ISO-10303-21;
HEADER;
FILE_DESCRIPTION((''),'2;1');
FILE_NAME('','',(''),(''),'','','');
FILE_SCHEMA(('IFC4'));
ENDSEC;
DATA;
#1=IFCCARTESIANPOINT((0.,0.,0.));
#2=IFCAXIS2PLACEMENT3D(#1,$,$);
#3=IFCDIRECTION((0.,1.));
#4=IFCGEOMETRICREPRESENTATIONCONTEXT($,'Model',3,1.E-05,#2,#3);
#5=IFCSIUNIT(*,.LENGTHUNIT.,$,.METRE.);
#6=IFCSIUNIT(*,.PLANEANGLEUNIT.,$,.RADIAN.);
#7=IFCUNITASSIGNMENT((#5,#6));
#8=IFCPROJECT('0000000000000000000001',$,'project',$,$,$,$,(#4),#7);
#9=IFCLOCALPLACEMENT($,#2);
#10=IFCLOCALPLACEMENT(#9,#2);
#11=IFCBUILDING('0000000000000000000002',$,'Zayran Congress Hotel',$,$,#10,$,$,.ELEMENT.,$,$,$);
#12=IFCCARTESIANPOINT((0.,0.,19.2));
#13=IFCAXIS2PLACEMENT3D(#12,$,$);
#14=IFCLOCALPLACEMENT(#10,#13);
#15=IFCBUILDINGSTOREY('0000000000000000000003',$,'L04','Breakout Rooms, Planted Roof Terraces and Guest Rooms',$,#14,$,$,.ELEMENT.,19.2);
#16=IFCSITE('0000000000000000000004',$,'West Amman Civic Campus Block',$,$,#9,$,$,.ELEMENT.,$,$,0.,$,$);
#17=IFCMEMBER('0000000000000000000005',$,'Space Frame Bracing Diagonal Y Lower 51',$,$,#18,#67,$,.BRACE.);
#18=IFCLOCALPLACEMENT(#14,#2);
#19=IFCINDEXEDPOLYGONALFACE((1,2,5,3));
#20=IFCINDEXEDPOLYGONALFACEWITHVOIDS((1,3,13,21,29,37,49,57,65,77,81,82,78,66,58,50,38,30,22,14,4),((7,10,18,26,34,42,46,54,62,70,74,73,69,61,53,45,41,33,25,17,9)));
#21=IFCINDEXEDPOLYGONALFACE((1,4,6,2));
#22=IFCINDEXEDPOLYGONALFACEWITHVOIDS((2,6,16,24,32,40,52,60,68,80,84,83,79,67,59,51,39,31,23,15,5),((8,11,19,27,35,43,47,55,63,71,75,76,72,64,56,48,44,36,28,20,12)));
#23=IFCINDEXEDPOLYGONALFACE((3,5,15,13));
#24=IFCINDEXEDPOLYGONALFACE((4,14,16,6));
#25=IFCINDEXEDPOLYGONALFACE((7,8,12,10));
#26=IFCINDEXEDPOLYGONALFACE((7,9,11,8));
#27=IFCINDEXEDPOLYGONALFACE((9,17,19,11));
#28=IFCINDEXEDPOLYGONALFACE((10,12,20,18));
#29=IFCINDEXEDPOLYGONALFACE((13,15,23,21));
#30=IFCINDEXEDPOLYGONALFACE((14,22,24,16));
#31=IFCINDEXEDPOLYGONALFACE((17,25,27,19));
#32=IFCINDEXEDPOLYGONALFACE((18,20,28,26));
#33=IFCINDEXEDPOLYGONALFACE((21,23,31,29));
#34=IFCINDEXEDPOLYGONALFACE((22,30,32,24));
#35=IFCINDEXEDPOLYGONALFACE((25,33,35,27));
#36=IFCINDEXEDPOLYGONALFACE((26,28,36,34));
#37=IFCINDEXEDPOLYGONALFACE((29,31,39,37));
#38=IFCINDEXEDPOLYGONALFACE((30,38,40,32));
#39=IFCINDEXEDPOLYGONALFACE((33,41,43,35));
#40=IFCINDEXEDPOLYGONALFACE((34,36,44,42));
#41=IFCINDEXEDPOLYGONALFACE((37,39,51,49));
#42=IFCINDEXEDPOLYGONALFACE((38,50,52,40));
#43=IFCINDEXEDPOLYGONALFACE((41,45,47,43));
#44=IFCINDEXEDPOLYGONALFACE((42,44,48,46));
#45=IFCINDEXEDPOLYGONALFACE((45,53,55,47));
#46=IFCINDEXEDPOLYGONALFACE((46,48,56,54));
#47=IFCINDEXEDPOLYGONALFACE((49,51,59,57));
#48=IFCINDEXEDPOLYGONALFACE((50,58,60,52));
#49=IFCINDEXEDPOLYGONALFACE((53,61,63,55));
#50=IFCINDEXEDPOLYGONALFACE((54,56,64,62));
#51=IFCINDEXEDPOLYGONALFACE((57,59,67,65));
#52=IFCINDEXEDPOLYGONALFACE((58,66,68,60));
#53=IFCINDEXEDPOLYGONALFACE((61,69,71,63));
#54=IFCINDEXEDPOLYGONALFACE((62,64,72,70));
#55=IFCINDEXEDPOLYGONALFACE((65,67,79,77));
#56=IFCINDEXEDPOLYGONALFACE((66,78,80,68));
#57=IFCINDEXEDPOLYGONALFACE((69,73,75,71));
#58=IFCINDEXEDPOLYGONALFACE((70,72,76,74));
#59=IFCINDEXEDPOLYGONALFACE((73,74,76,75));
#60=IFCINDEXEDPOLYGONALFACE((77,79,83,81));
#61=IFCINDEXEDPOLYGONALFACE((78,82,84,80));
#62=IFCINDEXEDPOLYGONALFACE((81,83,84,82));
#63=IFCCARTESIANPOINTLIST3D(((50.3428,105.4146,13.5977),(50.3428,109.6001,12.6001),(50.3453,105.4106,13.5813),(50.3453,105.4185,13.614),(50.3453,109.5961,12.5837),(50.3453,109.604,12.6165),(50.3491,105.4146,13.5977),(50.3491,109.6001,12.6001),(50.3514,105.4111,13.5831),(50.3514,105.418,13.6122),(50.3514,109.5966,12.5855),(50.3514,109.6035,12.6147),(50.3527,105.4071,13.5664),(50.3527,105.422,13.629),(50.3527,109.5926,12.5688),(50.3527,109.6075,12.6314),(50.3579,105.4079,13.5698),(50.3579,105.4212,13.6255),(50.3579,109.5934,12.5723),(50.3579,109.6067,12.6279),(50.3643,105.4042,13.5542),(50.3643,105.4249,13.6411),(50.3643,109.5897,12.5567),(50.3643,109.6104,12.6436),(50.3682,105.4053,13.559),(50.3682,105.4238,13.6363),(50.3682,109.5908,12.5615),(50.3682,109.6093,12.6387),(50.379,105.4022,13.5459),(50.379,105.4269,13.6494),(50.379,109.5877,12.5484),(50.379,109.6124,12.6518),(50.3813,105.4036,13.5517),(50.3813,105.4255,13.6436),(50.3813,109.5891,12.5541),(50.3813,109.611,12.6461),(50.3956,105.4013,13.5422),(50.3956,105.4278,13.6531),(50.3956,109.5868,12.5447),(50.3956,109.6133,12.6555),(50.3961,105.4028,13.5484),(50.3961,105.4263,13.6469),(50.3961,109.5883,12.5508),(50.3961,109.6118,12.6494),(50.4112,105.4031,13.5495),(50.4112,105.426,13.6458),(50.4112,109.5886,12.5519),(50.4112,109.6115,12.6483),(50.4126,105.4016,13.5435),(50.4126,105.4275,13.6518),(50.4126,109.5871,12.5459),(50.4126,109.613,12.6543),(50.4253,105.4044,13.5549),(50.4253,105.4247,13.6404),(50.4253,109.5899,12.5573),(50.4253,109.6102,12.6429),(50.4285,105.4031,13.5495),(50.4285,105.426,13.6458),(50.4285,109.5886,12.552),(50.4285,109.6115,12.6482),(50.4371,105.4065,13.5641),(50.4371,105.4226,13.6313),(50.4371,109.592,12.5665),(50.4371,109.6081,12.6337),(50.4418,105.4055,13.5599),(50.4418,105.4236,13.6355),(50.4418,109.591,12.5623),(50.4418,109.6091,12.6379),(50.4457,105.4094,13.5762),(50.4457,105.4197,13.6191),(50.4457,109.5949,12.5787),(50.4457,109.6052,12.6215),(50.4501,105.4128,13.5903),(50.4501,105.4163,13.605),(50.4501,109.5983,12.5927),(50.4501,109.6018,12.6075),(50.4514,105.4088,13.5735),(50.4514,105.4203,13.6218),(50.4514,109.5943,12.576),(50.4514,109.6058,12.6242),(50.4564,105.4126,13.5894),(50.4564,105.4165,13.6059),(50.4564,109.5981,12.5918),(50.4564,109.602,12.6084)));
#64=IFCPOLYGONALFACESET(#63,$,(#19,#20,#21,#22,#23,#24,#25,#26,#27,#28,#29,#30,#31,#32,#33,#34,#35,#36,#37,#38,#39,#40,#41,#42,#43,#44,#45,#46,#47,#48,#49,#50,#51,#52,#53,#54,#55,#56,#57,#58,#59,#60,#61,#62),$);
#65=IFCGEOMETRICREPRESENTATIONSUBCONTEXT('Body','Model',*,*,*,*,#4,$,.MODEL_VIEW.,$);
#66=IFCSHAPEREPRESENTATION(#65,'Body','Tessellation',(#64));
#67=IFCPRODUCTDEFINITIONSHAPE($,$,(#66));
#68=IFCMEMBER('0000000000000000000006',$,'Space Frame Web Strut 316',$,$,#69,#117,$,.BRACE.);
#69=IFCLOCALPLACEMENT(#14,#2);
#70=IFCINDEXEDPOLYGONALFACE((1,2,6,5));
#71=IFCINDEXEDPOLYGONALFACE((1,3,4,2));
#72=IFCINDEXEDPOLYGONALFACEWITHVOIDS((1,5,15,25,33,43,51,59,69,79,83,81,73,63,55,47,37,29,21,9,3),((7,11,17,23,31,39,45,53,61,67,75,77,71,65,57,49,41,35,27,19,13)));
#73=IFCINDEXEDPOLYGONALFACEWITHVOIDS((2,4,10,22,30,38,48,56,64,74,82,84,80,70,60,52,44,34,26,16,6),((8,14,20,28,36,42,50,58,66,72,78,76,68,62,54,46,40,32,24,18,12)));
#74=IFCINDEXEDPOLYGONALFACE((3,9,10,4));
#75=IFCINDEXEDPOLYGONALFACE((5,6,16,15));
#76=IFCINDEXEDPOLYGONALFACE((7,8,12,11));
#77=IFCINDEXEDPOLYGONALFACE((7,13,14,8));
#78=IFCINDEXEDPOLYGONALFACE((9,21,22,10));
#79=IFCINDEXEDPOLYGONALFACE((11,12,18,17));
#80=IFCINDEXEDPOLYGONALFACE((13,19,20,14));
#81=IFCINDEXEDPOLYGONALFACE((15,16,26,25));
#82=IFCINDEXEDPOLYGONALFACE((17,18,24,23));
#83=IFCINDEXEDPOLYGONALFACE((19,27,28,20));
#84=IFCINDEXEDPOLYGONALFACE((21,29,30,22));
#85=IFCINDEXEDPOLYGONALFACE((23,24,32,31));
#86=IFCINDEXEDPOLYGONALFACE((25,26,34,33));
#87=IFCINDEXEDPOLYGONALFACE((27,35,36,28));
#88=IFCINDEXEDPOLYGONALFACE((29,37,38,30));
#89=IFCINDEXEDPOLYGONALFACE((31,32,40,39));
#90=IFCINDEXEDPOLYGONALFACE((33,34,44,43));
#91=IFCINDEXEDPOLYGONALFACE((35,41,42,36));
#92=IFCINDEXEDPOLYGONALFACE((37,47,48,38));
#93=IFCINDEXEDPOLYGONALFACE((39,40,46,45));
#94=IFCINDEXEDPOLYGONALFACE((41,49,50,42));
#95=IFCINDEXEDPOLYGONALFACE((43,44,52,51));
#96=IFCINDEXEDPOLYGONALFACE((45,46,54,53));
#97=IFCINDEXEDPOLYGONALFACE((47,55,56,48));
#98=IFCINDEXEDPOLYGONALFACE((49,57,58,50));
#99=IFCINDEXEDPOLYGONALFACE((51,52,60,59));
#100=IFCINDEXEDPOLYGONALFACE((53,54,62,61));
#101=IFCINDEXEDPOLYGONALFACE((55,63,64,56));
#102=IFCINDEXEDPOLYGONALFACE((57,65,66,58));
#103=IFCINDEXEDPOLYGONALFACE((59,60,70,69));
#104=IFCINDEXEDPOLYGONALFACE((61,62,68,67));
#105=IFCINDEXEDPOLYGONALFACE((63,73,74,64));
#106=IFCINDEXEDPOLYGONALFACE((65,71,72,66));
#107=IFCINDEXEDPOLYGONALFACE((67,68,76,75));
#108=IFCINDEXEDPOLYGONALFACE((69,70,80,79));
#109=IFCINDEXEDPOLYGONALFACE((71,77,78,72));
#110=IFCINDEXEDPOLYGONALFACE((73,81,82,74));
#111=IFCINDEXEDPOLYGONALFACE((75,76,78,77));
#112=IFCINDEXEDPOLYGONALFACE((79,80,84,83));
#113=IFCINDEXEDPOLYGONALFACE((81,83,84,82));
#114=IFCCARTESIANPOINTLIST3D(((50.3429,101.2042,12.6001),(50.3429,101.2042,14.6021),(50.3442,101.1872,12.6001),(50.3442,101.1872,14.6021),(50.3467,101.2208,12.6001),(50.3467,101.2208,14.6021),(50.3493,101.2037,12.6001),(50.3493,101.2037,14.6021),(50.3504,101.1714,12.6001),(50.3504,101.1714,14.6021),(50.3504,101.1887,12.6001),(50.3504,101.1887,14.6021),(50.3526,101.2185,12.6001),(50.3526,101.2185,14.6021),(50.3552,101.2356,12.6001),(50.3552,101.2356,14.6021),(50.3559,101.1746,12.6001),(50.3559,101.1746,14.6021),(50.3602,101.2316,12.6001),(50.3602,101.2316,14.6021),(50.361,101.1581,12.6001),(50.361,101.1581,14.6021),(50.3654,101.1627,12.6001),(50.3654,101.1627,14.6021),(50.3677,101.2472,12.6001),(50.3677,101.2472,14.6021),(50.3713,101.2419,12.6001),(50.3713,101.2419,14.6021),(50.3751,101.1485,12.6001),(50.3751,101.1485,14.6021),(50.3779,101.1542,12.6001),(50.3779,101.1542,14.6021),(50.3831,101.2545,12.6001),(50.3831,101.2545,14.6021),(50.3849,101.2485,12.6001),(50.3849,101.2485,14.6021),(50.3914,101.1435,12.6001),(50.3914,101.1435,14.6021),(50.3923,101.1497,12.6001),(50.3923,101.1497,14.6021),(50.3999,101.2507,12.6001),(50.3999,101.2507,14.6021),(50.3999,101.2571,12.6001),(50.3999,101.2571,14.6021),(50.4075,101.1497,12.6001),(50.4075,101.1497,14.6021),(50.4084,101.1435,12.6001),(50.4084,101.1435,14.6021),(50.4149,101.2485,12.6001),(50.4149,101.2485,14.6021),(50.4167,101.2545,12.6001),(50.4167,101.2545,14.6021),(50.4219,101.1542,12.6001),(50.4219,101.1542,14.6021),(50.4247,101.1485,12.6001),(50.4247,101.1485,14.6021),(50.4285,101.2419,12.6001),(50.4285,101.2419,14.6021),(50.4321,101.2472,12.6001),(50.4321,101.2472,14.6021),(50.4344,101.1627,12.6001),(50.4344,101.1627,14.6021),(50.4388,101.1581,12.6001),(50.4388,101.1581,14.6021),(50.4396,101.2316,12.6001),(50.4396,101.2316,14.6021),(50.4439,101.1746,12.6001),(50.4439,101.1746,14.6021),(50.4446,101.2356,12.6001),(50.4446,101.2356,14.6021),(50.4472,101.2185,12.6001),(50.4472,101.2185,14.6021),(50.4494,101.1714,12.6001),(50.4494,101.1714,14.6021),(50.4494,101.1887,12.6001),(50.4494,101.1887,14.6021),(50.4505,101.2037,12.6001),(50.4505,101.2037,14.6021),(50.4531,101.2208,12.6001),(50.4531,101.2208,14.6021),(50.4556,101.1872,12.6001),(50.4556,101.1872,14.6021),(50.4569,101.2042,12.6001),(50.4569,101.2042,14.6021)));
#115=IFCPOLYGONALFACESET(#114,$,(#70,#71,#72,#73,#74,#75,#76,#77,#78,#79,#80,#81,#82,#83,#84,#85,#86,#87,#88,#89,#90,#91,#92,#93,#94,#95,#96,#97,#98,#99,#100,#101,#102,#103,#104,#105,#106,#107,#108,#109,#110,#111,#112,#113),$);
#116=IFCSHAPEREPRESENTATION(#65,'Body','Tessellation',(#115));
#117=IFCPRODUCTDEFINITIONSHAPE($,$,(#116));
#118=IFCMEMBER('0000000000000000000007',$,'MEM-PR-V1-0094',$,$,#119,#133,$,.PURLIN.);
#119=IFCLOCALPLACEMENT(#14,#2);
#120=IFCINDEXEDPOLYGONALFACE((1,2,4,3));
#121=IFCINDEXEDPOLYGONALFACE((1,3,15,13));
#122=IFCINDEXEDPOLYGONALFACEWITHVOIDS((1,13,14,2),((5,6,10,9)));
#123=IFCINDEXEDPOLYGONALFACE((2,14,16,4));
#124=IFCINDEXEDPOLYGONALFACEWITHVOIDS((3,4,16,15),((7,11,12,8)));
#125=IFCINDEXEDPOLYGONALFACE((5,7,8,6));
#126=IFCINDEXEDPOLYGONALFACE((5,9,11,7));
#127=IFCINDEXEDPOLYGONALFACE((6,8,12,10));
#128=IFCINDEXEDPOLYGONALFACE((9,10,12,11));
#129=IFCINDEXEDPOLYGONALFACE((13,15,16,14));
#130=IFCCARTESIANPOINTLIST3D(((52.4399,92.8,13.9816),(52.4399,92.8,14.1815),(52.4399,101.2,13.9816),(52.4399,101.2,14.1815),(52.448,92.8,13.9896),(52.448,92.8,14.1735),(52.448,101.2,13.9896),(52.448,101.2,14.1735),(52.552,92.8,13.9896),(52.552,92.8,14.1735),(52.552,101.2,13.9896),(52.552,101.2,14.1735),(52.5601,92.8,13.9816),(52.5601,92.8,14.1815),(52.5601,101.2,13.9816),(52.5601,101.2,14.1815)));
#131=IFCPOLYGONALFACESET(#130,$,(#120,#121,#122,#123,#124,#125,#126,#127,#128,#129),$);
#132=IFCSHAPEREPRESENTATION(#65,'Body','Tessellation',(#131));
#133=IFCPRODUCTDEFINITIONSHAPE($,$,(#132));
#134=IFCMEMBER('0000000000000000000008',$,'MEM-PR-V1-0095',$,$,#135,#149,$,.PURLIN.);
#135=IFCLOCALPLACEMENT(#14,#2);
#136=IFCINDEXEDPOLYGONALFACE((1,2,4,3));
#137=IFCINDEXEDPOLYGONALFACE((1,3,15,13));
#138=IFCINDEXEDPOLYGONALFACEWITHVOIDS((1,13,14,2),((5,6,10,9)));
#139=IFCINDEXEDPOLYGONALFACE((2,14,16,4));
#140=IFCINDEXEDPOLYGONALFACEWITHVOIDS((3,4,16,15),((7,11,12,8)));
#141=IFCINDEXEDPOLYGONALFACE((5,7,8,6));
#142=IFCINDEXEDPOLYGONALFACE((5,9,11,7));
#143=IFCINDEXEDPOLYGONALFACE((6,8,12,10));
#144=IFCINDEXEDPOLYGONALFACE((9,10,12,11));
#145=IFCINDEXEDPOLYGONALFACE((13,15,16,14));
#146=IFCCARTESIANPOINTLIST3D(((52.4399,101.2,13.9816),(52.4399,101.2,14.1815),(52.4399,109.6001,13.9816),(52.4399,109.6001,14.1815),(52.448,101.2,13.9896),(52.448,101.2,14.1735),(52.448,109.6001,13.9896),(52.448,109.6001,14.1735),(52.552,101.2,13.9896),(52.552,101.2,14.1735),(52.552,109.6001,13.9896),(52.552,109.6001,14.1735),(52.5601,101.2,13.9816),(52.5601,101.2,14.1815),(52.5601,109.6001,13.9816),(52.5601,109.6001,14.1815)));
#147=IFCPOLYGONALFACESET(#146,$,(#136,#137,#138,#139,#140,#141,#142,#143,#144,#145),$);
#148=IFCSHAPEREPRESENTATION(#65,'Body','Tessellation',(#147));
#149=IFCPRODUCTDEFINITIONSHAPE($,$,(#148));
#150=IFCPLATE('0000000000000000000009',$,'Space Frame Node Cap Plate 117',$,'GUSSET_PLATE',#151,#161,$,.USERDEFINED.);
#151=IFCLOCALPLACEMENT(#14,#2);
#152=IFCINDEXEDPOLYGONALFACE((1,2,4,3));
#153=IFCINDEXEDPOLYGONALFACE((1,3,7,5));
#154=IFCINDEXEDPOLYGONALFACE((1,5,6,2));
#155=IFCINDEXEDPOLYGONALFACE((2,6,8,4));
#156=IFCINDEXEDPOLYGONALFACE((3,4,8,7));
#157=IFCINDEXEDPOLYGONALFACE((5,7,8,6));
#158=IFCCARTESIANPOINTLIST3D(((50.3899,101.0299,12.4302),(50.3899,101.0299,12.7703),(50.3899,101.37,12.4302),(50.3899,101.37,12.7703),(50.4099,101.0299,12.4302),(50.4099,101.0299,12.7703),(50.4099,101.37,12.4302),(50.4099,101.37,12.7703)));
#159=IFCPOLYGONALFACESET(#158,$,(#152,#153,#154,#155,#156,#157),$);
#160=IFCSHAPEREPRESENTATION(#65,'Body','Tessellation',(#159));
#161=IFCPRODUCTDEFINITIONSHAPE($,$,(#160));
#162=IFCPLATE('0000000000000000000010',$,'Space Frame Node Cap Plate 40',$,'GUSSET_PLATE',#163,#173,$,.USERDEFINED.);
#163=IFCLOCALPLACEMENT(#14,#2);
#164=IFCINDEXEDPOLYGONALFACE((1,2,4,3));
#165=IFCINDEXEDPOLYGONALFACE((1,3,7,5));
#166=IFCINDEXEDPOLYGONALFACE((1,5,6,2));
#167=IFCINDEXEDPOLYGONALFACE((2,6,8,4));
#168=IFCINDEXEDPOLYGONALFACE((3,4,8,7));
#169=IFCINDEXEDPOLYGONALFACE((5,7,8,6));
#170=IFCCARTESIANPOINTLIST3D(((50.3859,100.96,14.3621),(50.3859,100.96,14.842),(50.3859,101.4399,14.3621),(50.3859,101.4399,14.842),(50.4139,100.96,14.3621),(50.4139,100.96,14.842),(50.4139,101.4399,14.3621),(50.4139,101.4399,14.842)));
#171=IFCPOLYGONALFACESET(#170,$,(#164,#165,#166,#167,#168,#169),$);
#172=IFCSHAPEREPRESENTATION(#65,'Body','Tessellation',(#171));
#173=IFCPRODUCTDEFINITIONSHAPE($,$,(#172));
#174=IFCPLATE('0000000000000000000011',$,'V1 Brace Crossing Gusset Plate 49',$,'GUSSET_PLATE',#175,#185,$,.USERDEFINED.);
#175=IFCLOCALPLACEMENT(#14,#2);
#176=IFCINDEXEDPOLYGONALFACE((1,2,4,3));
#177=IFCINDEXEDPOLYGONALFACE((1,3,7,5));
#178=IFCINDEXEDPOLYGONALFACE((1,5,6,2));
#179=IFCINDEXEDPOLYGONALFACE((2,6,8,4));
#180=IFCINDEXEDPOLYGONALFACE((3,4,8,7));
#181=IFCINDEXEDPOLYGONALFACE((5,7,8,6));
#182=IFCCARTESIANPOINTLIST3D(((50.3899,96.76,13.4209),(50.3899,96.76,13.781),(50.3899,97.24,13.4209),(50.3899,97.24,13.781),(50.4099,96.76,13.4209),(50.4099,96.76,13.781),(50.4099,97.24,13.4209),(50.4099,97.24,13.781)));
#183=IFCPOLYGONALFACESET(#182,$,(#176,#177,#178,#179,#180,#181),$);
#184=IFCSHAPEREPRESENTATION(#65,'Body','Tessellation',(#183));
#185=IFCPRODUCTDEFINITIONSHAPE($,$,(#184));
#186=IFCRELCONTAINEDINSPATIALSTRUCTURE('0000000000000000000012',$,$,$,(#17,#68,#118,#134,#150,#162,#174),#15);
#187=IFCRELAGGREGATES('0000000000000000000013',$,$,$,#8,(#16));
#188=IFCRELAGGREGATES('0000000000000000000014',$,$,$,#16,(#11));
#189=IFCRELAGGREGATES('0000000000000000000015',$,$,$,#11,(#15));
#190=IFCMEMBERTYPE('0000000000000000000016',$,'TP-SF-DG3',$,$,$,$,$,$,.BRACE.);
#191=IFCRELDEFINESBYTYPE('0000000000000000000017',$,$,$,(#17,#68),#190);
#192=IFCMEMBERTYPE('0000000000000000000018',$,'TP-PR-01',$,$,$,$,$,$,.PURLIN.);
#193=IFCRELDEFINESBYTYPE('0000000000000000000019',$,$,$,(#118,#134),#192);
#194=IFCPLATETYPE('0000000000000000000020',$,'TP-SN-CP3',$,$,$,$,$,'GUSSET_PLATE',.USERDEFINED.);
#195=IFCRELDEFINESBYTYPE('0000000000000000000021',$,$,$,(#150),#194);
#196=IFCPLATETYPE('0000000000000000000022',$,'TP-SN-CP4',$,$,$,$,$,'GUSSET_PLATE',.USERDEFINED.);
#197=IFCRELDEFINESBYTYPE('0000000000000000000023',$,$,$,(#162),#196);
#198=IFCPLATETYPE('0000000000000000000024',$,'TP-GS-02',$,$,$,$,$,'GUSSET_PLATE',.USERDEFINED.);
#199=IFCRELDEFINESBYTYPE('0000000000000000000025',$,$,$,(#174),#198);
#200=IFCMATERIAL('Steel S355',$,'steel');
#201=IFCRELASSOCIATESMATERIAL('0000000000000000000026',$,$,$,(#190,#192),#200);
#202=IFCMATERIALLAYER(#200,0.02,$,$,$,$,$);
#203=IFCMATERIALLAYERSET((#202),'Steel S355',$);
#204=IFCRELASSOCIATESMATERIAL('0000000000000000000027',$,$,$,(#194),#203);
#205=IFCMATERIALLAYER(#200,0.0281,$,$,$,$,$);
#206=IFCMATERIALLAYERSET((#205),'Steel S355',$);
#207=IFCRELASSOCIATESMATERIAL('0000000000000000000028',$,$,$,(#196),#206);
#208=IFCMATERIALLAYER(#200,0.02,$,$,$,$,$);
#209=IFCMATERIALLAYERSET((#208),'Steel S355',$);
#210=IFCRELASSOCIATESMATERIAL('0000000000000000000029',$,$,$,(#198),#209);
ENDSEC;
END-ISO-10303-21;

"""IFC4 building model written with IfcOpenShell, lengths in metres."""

from ifc_helpers import new_model, si_unit, direction, frame, origin, origin_2d, place, context, subcontext, project, spatial, rectangle, hollow_rectangle, hollow_circle, extrude, material, layer, layer_set, material_profile, profile_set, type_object, element, save


model = new_model("IFC4")

# Units and contexts
model_context = context("Model", 3, precision=1e-05, world=origin(), true_north=direction((0.0, 1.0)))
body_context = subcontext(model_context, "Body", "Model", "MODEL_VIEW")
ifc_project = project(units=[si_unit("LENGTHUNIT", "METRE"), si_unit("PLANEANGLEUNIT", "RADIAN")], contexts=[model_context])

# Site, building, storey
site_placement = place(None, origin())
site = spatial("IfcSite", under=ifc_project, at=site_placement, Name="West Amman Civic Campus Block", CompositionType="ELEMENT", RefElevation=0.0)
building_placement = place(site_placement, origin())
building = spatial("IfcBuilding", under=site, at=building_placement, Name="Zayran Congress Hotel", CompositionType="ELEMENT")
storey_placement = place(building_placement, frame((0.0, 0.0, 19.2)))
storey = spatial("IfcBuildingStorey", under=building, at=storey_placement, Name="L04", Description="Breakout Rooms, Planted Roof Terraces and Guest Rooms", CompositionType="ELEMENT", Elevation=19.2)

# Members
ifc_material_1 = material(Name="Steel S355", Category="steel")
ifc_material_profile_1 = material_profile(ifc_material_1, hollow_circle(Radius=0.0571, WallThickness=0.0063, at=origin_2d()), Name="CHS 114.3x6.3")
ifc_profile_set_1 = profile_set([ifc_material_profile_1], Name="Steel S355")
member_type_1 = type_object("IfcMemberType", Name="TP-SF-DG3", PredefinedType="BRACE", material=ifc_profile_set_1)
for number, where, z_axis, x_axis, name in (
    (1, (50.3999, 105.4146, 13.5977), (0.0, 0.972754, -0.23184), (-1.0, 0.0, 0.0), "Space Frame Bracing Diagonal Y Lower 51"),
):
    element("IfcMember", number, at=place(storey_placement, frame(where, z_axis=z_axis, x_axis=x_axis)), inside=storey, type_object=member_type_1, Name=name, PredefinedType="BRACE", context=body_context, shape_type="SweptSolid", body=[
        extrude(hollow_circle(Radius=0.0571, WallThickness=0.0063, at=origin_2d()), origin(), (0.0, 0.0, 1.0), 4.3027),
    ])
member_1_placement = place(storey_placement, frame((50.3999, 101.2, 12.6001), z_axis=(0.0, 0.0, 1.0), x_axis=(0.0, 1.0, 0.0)))
element("IfcMember", 2, at=member_1_placement, inside=storey, type_object=member_type_1, Name="Space Frame Web Strut 316", PredefinedType="BRACE", context=body_context, shape_type="SweptSolid", body=[
    extrude(hollow_circle(Radius=0.0571, WallThickness=0.0063, at=origin_2d()), origin(), (0.0, 0.0, 1.0), 2.002),
])
ifc_material_profile_2 = material_profile(ifc_material_1, hollow_rectangle(XDim=0.1201, YDim=0.2, WallThickness=0.0081, at=origin_2d()), Name="RHS 200x120x8")
ifc_profile_set_2 = profile_set([ifc_material_profile_2], Name="Steel S355")
member_type_2 = type_object("IfcMemberType", Name="TP-PR-01", PredefinedType="PURLIN", material=ifc_profile_set_2)
member_2_placement = place(storey_placement, frame((52.5, 92.8, 14.0815), z_axis=(0.0, 1.0, 0.0), x_axis=(-1.0, 0.0, 0.0)))
element("IfcMember", 3, at=member_2_placement, inside=storey, type_object=member_type_2, Name="MEM-PR-V1-0094", PredefinedType="PURLIN", context=body_context, shape_type="SweptSolid", body=[
    extrude(hollow_rectangle(XDim=0.1201, YDim=0.2, WallThickness=0.0081, at=origin_2d()), origin(), (0.0, 0.0, 1.0), 8.3999),
])
member_3_placement = place(storey_placement, frame((52.5, 101.2, 14.0815), z_axis=(0.0, 1.0, 0.0), x_axis=(-1.0, 0.0, 0.0)))
element("IfcMember", 4, at=member_3_placement, inside=storey, type_object=member_type_2, Name="MEM-PR-V1-0095", PredefinedType="PURLIN", context=body_context, shape_type="SweptSolid", body=[
    extrude(hollow_rectangle(XDim=0.1201, YDim=0.2, WallThickness=0.0081, at=origin_2d()), origin(), (0.0, 0.0, 1.0), 8.4001),
])

# Plates
ifc_layer_1 = layer(ifc_material_1, 0.02)
ifc_layer_set_1 = layer_set([ifc_layer_1], Name="Steel S355")
plate_type_1 = type_object("IfcPlateType", Name="TP-SN-CP3", ElementType="GUSSET_PLATE", PredefinedType="USERDEFINED", material=ifc_layer_set_1)
plate_1_placement = place(storey_placement, frame((50.3999, 101.2, 12.4302), z_axis=(0.0, 0.0, 1.0), x_axis=(0.0, 1.0, 0.0)))
element("IfcPlate", 5, at=plate_1_placement, inside=storey, type_object=plate_type_1, Name="Space Frame Node Cap Plate 117", ObjectType="GUSSET_PLATE", PredefinedType="USERDEFINED", context=body_context, shape_type="SweptSolid", body=[
    extrude(rectangle(XDim=0.3401, YDim=0.02, at=origin_2d()), origin(), (0.0, 0.0, 1.0), 0.3401),
])
ifc_layer_2 = layer(ifc_material_1, 0.0281)
ifc_layer_set_2 = layer_set([ifc_layer_2], Name="Steel S355")
plate_type_2 = type_object("IfcPlateType", Name="TP-SN-CP4", ElementType="GUSSET_PLATE", PredefinedType="USERDEFINED", material=ifc_layer_set_2)
plate_2_placement = place(storey_placement, frame((50.3999, 101.2, 14.3621), z_axis=(0.0, 0.0, 1.0), x_axis=(0.0, 1.0, 0.0)))
element("IfcPlate", 6, at=plate_2_placement, inside=storey, type_object=plate_type_2, Name="Space Frame Node Cap Plate 40", ObjectType="GUSSET_PLATE", PredefinedType="USERDEFINED", context=body_context, shape_type="SweptSolid", body=[
    extrude(rectangle(XDim=0.48, YDim=0.0281, at=origin_2d()), origin(), (0.0, 0.0, 1.0), 0.48),
])
ifc_layer_3 = layer(ifc_material_1, 0.02)
ifc_layer_set_3 = layer_set([ifc_layer_3], Name="Steel S355")
plate_type_3 = type_object("IfcPlateType", Name="TP-GS-02", ElementType="GUSSET_PLATE", PredefinedType="USERDEFINED", material=ifc_layer_set_3)
for number, where, z_axis, x_axis, name in (
    (7, (50.3999, 97.0, 13.4209), (0.0, 0.0, 1.0), (0.0, 1.0, 0.0), "V1 Brace Crossing Gusset Plate 49"),
):
    element("IfcPlate", number, at=place(storey_placement, frame(where, z_axis=z_axis, x_axis=x_axis)), inside=storey, type_object=plate_type_3, Name=name, ObjectType="GUSSET_PLATE", PredefinedType="USERDEFINED", context=body_context, shape_type="SweptSolid", body=[
        extrude(rectangle(XDim=0.48, YDim=0.02, at=origin_2d()), origin(), (0.0, 0.0, 1.0), 0.3601),
    ])

save(model, "model.ifc")
